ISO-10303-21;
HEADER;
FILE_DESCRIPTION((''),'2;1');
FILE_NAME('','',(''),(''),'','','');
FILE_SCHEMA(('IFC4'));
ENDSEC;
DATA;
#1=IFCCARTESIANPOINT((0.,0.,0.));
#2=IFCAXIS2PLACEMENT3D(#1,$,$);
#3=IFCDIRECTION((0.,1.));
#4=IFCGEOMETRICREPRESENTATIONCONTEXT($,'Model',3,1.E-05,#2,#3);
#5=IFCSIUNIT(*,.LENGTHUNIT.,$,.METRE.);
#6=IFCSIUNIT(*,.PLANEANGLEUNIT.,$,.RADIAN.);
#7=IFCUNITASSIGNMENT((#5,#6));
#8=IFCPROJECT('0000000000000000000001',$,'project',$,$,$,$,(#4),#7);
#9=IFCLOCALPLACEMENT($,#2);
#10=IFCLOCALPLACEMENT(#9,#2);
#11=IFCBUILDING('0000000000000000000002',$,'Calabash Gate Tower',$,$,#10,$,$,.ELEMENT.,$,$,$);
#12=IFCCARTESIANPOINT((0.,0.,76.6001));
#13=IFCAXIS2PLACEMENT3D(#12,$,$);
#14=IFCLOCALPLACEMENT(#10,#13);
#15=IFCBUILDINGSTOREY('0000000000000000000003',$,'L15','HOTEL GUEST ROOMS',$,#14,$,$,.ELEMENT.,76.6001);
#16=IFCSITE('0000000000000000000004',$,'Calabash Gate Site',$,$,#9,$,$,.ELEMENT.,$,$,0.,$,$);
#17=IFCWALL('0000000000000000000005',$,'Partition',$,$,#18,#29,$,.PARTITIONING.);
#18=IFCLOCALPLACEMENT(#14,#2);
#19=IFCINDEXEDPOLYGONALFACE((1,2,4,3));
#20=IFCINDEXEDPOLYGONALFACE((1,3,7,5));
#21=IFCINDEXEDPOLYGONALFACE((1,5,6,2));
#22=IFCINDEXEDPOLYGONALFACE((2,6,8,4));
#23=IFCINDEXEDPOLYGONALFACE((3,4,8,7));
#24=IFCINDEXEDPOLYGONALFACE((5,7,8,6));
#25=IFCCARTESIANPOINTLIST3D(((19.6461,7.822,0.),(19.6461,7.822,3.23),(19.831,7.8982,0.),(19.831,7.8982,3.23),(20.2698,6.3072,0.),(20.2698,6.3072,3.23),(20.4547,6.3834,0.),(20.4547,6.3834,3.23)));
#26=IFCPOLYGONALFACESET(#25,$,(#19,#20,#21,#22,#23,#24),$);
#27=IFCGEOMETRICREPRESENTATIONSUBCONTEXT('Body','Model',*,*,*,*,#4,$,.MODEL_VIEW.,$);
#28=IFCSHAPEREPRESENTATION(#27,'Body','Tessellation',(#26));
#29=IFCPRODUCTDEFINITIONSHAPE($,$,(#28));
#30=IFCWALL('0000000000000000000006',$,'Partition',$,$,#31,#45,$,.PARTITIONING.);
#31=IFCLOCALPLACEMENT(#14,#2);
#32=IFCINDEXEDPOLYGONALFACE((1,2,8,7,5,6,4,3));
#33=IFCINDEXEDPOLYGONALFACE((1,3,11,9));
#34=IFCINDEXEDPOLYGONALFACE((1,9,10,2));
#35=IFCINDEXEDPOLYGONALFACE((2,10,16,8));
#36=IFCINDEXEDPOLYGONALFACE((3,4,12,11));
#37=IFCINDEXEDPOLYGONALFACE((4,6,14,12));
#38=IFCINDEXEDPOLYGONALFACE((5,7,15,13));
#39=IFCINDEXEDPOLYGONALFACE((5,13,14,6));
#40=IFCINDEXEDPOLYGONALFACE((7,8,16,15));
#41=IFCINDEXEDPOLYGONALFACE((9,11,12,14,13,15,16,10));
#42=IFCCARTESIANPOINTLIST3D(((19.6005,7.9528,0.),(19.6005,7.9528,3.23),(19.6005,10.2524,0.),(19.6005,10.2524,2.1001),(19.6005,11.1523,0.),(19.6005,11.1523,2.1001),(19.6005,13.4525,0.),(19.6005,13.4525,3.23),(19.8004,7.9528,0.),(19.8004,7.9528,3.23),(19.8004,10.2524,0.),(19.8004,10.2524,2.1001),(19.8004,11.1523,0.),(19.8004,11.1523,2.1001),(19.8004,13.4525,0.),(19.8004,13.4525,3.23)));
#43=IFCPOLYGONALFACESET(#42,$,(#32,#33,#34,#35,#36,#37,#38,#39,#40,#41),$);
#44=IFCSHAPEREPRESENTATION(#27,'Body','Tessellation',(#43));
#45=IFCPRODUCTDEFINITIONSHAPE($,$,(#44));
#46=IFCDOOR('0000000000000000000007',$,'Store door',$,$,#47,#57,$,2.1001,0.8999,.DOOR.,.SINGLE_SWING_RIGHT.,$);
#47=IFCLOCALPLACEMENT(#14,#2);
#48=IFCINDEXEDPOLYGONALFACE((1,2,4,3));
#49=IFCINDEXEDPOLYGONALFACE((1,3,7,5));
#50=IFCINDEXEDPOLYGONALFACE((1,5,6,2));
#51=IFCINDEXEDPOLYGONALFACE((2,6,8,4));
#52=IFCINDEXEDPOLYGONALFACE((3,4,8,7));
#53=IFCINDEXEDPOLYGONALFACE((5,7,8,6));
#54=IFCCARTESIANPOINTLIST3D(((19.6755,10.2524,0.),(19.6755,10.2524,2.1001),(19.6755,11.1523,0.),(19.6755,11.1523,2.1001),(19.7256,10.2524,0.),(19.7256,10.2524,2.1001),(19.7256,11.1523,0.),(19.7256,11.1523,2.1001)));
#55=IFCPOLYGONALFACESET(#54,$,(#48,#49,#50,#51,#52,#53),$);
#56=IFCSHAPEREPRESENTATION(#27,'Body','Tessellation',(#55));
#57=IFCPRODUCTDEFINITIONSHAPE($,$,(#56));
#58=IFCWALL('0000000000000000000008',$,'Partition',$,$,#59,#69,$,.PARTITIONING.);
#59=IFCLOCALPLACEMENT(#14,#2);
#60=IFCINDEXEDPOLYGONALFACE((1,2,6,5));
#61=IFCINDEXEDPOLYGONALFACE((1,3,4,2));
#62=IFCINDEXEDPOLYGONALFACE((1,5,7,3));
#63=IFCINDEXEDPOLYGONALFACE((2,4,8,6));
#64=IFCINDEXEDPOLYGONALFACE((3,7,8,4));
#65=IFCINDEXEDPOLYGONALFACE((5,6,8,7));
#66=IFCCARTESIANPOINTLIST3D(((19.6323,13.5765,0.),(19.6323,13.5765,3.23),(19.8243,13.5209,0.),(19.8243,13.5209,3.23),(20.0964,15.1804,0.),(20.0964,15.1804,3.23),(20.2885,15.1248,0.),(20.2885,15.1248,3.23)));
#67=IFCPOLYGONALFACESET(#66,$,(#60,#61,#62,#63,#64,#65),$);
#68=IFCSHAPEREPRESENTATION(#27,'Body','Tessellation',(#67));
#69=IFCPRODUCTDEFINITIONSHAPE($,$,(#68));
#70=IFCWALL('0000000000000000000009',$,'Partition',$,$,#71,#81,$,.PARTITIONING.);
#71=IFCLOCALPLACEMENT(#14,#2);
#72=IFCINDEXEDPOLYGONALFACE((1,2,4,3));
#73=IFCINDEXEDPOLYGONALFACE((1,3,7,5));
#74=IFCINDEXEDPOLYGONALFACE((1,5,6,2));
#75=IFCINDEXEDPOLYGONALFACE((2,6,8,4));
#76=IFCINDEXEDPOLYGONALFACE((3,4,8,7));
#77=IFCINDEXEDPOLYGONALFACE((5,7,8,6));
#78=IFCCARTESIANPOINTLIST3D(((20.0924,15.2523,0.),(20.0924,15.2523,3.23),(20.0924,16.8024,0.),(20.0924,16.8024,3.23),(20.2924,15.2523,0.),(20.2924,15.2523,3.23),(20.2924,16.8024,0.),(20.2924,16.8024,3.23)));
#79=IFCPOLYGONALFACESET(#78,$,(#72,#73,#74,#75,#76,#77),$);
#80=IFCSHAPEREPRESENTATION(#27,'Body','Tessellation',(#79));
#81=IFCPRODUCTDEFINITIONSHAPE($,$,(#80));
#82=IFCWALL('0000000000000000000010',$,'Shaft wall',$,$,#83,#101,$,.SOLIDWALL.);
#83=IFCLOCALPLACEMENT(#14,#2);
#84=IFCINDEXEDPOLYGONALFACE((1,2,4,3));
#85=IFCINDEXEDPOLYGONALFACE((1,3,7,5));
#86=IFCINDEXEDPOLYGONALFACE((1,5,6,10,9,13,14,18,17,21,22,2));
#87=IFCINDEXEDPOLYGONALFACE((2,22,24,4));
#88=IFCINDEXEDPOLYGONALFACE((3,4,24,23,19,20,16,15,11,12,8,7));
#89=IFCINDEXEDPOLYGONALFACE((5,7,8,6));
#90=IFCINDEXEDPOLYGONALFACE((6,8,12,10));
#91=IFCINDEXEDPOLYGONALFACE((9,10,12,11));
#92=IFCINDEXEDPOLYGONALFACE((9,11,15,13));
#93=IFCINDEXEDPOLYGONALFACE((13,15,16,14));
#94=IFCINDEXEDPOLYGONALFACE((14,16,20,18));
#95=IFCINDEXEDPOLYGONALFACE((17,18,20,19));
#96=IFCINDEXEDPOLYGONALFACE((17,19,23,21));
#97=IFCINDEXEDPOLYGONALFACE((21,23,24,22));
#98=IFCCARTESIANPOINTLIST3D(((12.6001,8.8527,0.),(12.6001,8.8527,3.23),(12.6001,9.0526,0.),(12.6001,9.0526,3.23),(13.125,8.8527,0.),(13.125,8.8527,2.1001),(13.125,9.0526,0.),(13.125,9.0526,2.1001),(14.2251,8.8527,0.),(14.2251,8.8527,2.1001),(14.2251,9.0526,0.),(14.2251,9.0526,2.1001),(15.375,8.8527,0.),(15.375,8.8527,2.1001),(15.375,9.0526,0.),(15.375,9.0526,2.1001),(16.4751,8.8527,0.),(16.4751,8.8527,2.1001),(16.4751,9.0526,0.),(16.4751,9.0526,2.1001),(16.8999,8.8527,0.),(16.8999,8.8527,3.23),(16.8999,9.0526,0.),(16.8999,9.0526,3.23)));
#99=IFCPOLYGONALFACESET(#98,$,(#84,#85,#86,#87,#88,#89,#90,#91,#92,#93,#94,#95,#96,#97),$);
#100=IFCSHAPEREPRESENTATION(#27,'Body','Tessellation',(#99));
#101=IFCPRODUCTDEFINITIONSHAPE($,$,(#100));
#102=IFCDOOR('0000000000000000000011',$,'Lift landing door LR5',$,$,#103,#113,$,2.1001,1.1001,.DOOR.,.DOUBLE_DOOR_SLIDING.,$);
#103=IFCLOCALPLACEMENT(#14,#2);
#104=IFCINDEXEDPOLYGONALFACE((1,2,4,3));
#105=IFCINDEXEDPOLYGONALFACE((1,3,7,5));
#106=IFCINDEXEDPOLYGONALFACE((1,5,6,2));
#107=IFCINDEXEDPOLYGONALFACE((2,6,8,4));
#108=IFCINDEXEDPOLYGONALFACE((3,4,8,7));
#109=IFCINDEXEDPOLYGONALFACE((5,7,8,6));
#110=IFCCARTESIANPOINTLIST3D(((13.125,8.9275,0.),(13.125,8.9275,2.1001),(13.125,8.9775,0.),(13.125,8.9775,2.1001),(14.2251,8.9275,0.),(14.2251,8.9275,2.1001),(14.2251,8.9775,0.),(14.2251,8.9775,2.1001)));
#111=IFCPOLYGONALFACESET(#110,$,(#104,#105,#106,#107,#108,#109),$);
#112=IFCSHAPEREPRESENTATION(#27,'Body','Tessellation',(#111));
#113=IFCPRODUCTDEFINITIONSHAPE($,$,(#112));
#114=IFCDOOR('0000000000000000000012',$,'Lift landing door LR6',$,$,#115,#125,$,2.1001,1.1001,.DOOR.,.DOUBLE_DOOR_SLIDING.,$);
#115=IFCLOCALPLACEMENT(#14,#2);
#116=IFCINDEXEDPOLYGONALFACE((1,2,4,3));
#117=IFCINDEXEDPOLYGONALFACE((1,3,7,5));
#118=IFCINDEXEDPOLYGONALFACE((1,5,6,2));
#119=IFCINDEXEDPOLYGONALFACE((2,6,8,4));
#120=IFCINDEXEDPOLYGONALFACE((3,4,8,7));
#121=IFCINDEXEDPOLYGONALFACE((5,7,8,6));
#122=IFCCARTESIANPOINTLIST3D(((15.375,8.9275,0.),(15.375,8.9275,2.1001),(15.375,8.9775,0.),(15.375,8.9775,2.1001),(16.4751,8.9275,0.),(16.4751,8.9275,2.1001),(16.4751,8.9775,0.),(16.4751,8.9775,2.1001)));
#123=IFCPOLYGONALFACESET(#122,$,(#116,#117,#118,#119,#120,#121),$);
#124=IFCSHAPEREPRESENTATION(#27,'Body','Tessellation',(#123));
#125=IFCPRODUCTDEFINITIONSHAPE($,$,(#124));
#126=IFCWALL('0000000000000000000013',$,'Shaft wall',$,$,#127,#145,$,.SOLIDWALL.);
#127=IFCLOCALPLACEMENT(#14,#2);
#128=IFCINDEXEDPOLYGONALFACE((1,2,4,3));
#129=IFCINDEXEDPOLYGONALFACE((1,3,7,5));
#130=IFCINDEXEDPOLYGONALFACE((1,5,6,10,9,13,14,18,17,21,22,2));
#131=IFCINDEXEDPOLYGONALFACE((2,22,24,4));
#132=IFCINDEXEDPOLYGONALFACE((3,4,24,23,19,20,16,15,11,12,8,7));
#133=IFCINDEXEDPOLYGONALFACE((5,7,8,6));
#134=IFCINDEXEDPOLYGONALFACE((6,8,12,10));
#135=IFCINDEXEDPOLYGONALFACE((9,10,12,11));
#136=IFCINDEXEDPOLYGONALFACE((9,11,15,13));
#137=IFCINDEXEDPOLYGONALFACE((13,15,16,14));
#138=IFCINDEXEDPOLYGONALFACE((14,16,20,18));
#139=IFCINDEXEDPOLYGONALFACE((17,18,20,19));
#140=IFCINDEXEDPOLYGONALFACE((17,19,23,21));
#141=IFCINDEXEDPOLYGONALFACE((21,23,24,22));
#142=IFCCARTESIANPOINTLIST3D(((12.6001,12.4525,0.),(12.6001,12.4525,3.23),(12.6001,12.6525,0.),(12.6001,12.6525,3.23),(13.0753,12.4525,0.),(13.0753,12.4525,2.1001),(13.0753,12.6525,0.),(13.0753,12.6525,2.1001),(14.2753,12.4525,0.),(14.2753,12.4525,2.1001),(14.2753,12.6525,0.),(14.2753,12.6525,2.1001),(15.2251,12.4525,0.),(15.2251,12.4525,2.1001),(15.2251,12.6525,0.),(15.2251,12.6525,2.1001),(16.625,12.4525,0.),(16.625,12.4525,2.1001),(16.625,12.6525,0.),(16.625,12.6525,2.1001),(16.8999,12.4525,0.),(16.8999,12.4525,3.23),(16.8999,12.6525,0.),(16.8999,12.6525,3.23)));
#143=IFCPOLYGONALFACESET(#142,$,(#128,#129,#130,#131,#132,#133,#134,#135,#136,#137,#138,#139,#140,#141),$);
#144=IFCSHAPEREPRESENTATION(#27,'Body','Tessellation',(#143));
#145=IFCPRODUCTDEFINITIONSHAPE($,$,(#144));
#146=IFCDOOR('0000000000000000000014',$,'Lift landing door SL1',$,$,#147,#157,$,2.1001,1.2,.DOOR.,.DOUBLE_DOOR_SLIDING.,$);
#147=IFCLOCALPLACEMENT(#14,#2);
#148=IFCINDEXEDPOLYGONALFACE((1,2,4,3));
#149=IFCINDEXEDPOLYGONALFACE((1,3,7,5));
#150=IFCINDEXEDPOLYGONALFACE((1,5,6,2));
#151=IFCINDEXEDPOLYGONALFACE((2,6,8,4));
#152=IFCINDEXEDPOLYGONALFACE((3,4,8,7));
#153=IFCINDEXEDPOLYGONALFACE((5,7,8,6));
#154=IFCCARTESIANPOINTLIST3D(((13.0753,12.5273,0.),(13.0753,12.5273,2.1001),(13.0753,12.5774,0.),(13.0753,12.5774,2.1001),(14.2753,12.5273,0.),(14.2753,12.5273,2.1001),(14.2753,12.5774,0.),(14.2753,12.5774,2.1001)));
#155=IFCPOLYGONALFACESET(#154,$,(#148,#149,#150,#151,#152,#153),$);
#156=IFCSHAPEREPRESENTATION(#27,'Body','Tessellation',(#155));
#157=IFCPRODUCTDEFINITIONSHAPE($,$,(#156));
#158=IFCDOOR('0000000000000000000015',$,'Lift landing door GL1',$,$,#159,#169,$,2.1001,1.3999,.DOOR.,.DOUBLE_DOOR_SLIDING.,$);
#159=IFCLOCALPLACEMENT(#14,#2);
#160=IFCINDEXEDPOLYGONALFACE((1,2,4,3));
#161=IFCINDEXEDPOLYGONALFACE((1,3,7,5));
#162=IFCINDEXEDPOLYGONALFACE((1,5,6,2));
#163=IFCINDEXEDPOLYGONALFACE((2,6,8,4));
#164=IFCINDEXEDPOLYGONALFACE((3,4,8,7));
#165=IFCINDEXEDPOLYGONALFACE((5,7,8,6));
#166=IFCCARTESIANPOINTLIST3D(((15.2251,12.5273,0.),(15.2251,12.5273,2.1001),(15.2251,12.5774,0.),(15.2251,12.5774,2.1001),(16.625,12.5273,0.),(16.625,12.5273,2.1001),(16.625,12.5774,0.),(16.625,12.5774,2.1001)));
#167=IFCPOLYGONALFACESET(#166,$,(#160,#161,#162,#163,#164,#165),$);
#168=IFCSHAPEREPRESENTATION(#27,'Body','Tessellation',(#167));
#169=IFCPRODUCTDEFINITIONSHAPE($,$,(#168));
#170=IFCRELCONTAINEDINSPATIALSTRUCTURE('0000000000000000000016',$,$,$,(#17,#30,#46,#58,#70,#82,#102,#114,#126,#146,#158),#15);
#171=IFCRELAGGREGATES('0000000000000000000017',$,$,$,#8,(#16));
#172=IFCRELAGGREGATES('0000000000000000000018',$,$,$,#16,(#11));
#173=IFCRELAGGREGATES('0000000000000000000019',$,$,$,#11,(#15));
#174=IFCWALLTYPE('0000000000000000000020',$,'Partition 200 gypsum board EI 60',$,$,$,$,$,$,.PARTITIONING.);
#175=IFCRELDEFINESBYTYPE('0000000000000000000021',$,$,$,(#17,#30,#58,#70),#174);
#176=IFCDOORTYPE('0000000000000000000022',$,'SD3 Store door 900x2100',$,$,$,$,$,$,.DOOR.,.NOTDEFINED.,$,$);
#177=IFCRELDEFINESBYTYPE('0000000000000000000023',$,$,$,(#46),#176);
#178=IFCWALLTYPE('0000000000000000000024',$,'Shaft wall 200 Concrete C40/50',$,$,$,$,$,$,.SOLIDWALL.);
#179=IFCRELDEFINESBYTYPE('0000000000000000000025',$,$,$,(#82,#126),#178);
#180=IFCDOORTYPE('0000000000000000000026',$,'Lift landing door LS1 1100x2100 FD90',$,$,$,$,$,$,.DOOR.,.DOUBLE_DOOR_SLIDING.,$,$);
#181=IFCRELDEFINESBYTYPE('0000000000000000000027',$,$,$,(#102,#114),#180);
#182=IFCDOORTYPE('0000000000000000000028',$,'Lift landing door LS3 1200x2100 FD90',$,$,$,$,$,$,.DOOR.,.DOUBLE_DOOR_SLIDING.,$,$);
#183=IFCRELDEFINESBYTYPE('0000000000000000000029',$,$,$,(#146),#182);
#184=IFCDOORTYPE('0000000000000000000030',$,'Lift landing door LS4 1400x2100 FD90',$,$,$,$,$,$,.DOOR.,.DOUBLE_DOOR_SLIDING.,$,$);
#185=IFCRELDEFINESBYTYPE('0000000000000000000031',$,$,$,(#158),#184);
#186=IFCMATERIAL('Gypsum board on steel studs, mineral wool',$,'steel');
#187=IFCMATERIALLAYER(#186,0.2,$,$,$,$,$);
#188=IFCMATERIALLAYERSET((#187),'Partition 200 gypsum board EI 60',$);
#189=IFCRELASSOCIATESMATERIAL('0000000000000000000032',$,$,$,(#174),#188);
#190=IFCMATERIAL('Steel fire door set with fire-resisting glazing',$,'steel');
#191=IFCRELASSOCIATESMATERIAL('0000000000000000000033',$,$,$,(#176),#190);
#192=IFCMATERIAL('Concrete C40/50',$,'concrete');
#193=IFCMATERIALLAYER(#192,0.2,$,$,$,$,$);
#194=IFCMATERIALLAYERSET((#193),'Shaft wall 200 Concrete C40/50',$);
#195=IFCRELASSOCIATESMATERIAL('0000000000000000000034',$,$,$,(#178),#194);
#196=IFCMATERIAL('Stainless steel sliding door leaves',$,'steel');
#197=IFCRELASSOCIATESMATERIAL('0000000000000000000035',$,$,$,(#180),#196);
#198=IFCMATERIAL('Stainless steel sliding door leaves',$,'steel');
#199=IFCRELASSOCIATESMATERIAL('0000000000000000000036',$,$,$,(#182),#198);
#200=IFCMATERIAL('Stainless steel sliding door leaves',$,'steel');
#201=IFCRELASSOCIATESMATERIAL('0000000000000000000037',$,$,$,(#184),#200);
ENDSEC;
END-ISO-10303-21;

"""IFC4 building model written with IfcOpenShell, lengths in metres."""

from ifc_helpers import new_model, si_unit, direction, frame, frame_2d, origin, place, context, subcontext, project, spatial, rectangle, extrude, material, layer, layer_set, type_object, element, fill, save


model = new_model("IFC4")

# Units and contexts
model_context = context("Model", 3, precision=1e-05, world=origin(), true_north=direction((0.0, 1.0)))
body_context = subcontext(model_context, "Body", "Model", "MODEL_VIEW")
ifc_project = project(units=[si_unit("LENGTHUNIT", "METRE"), si_unit("PLANEANGLEUNIT", "RADIAN")], contexts=[model_context])

# Site, building, storey
site_placement = place(None, origin())
site = spatial("IfcSite", under=ifc_project, at=site_placement, Name="Calabash Gate Site", CompositionType="ELEMENT", RefElevation=0.0)
building_placement = place(site_placement, origin())
building = spatial("IfcBuilding", under=site, at=building_placement, Name="Calabash Gate Tower", CompositionType="ELEMENT")
storey_placement = place(building_placement, frame((0.0, 0.0, 76.6001)))
storey = spatial("IfcBuildingStorey", under=building, at=storey_placement, Name="L15", Description="HOTEL GUEST ROOMS", CompositionType="ELEMENT", Elevation=76.6001)

# Wall
ifc_material_1 = material(Name="Gypsum board on steel studs, mineral wool", Category="steel")
ifc_layer_1 = layer(ifc_material_1, 0.2)
ifc_layer_set_1 = layer_set([ifc_layer_1], Name="Partition 200 gypsum board EI 60")
wall_type_1 = type_object("IfcWallType", Name="Partition 200 gypsum board EI 60", PredefinedType="PARTITIONING", material=ifc_layer_set_1)
wall_1_placement = place(storey_placement, frame((19.7385, 7.8601, 0.0), z_axis=(0.0, 0.0, 1.0), x_axis=(0.38075, -0.924678, 0.0)))
element("IfcWall", 1, at=wall_1_placement, inside=storey, type_object=wall_type_1, Name="Partition", PredefinedType="PARTITIONING", context=body_context, shape_type="SweptSolid", body=[
    extrude(rectangle(XDim=1.6382, YDim=0.2, at=frame_2d((0.8191, 0.0))), origin(), (0.0, 0.0, 1.0), 3.23),
])

# Wall, opening, door
wall_2_placement = place(storey_placement, frame((19.7004, 7.9526, 0.0), z_axis=(0.0, 0.0, 1.0), x_axis=(0.0, 1.0, 0.0)))
wall_2 = element("IfcWall", 2, at=wall_2_placement, inside=storey, type_object=wall_type_1, Name="Partition", PredefinedType="PARTITIONING", context=body_context, shape_type="SweptSolid", body=[
    extrude(rectangle(XDim=5.4998, YDim=0.2, at=frame_2d((2.75, 0.0))), origin(), (0.0, 0.0, 1.0), 3.23),
])
opening_1_placement = place(wall_2_placement, frame((2.2998, 0.0, 0.0)))
opening_1 = element("IfcOpeningElement", 3, at=opening_1_placement, cuts=wall_2, PredefinedType="OPENING", context=body_context, shape_type="SweptSolid", body=[
    extrude(rectangle(XDim=0.8999, YDim=2.1001, at=frame_2d((0.45, 1.05))), frame((0.0, 0.1099, 0.0), z_axis=(0.0, -1.0, 0.0), x_axis=(1.0, 0.0, 0.0)), (0.0, 0.0, 1.0), 0.22),
])
ifc_material_2 = material(Name="Steel fire door set with fire-resisting glazing", Category="steel")
door_type_1 = type_object("IfcDoorType", Name="SD3 Store door 900x2100", OperationType="NOTDEFINED", PredefinedType="DOOR", material=ifc_material_2)
door_1_placement = place(opening_1_placement, origin())
door_1 = element("IfcDoor", 4, at=door_1_placement, inside=storey, type_object=door_type_1, Name="Store door", OperationType="SINGLE_SWING_RIGHT", OverallHeight=2.1001, OverallWidth=0.8999, PredefinedType="DOOR", context=body_context, shape_type="SweptSolid", body=[
    extrude(rectangle(XDim=0.8999, YDim=2.1001, at=frame_2d((0.45, 1.05))), frame((0.0, 0.0249, 0.0), z_axis=(0.0, -1.0, 0.0), x_axis=(1.0, 0.0, 0.0)), (0.0, 0.0, 1.0), 0.05),
])
fill(opening_1, door_1)

# Walls
wall_3_placement = place(storey_placement, frame((19.7283, 13.5486, 0.0), z_axis=(0.0, 0.0, 1.0), x_axis=(0.277984, 0.960586, 0.0)))
element("IfcWall", 5, at=wall_3_placement, inside=storey, type_object=wall_type_1, Name="Partition", PredefinedType="PARTITIONING", context=body_context, shape_type="SweptSolid", body=[
    extrude(rectangle(XDim=1.6697, YDim=0.2, at=frame_2d((0.835, 0.0))), origin(), (0.0, 0.0, 1.0), 3.23),
])
wall_4_placement = place(storey_placement, frame((20.1924, 15.2524, 0.0), z_axis=(0.0, 0.0, 1.0), x_axis=(0.0, 1.0, 0.0)))
element("IfcWall", 6, at=wall_4_placement, inside=storey, type_object=wall_type_1, Name="Partition", PredefinedType="PARTITIONING", context=body_context, shape_type="SweptSolid", body=[
    extrude(rectangle(XDim=1.55, YDim=0.2, at=frame_2d((0.7749, 0.0))), origin(), (0.0, 0.0, 1.0), 3.23),
])

# Walls, openings, doors
ifc_material_3 = material(Name="Concrete C40/50", Category="concrete")
ifc_layer_2 = layer(ifc_material_3, 0.2)
ifc_layer_set_2 = layer_set([ifc_layer_2], Name="Shaft wall 200 Concrete C40/50")
wall_type_2 = type_object("IfcWallType", Name="Shaft wall 200 Concrete C40/50", PredefinedType="SOLIDWALL", material=ifc_layer_set_2)
wall_5_placement = place(storey_placement, frame((12.6001, 8.9526, 0.0), z_axis=(0.0, 0.0, 1.0), x_axis=(1.0, 0.0, 0.0)))
wall_5 = element("IfcWall", 7, at=wall_5_placement, inside=storey, type_object=wall_type_2, Name="Shaft wall", PredefinedType="SOLIDWALL", context=body_context, shape_type="SweptSolid", body=[
    extrude(rectangle(XDim=4.2998, YDim=0.2, at=frame_2d((2.1499, 0.0))), origin(), (0.0, 0.0, 1.0), 3.23),
])
opening_2_placement = place(wall_5_placement, frame((0.5249, 0.0, 0.0)))
opening_2 = element("IfcOpeningElement", 8, at=opening_2_placement, cuts=wall_5, PredefinedType="OPENING", context=body_context, shape_type="SweptSolid", body=[
    extrude(rectangle(XDim=1.1001, YDim=2.1001, at=frame_2d((0.55, 1.05))), frame((0.0, 0.1099, 0.0), z_axis=(0.0, -1.0, 0.0), x_axis=(1.0, 0.0, 0.0)), (0.0, 0.0, 1.0), 0.22),
])
opening_3_placement = place(wall_5_placement, frame((2.7749, 0.0, 0.0)))
opening_3 = element("IfcOpeningElement", 9, at=opening_3_placement, cuts=wall_5, PredefinedType="OPENING", context=body_context, shape_type="SweptSolid", body=[
    extrude(rectangle(XDim=1.1001, YDim=2.1001, at=frame_2d((0.55, 1.05))), frame((0.0, 0.1099, 0.0), z_axis=(0.0, -1.0, 0.0), x_axis=(1.0, 0.0, 0.0)), (0.0, 0.0, 1.0), 0.22),
])
ifc_material_4 = material(Name="Stainless steel sliding door leaves", Category="steel")
door_type_2 = type_object("IfcDoorType", Name="Lift landing door LS1 1100x2100 FD90", OperationType="DOUBLE_DOOR_SLIDING", PredefinedType="DOOR", material=ifc_material_4)
door_2_placement = place(opening_2_placement, origin())
door_2 = element("IfcDoor", 10, at=door_2_placement, inside=storey, type_object=door_type_2, Name="Lift landing door LR5", OperationType="DOUBLE_DOOR_SLIDING", OverallHeight=2.1001, OverallWidth=1.1001, PredefinedType="DOOR", context=body_context, shape_type="SweptSolid", body=[
    extrude(rectangle(XDim=1.1001, YDim=2.1001, at=frame_2d((0.55, 1.05))), frame((0.0, 0.0249, 0.0), z_axis=(0.0, -1.0, 0.0), x_axis=(1.0, 0.0, 0.0)), (0.0, 0.0, 1.0), 0.05),
])
fill(opening_2, door_2)
door_3_placement = place(opening_3_placement, origin())
door_3 = element("IfcDoor", 11, at=door_3_placement, inside=storey, type_object=door_type_2, Name="Lift landing door LR6", OperationType="DOUBLE_DOOR_SLIDING", OverallHeight=2.1001, OverallWidth=1.1001, PredefinedType="DOOR", context=body_context, shape_type="SweptSolid", body=[
    extrude(rectangle(XDim=1.1001, YDim=2.1001, at=frame_2d((0.55, 1.05))), frame((0.0, 0.0249, 0.0), z_axis=(0.0, -1.0, 0.0), x_axis=(1.0, 0.0, 0.0)), (0.0, 0.0, 1.0), 0.05),
])
fill(opening_3, door_3)
wall_6_placement = place(storey_placement, frame((12.6001, 12.5525, 0.0), z_axis=(0.0, 0.0, 1.0), x_axis=(1.0, 0.0, 0.0)))
wall_6 = element("IfcWall", 12, at=wall_6_placement, inside=storey, type_object=wall_type_2, Name="Shaft wall", PredefinedType="SOLIDWALL", context=body_context, shape_type="SweptSolid", body=[
    extrude(rectangle(XDim=4.2998, YDim=0.2, at=frame_2d((2.1499, 0.0))), origin(), (0.0, 0.0, 1.0), 3.23),
])
opening_4_placement = place(wall_6_placement, frame((0.4751, 0.0, 0.0)))
opening_4 = element("IfcOpeningElement", 13, at=opening_4_placement, cuts=wall_6, PredefinedType="OPENING", context=body_context, shape_type="SweptSolid", body=[
    extrude(rectangle(XDim=1.2, YDim=2.1001, at=frame_2d((0.6001, 1.05))), frame((0.0, 0.1099, 0.0), z_axis=(0.0, -1.0, 0.0), x_axis=(1.0, 0.0, 0.0)), (0.0, 0.0, 1.0), 0.22),
])
opening_5_placement = place(wall_6_placement, frame((2.625, 0.0, 0.0)))
opening_5 = element("IfcOpeningElement", 14, at=opening_5_placement, cuts=wall_6, PredefinedType="OPENING", context=body_context, shape_type="SweptSolid", body=[
    extrude(rectangle(XDim=1.3999, YDim=2.1001, at=frame_2d((0.7, 1.05))), frame((0.0, 0.1099, 0.0), z_axis=(0.0, -1.0, 0.0), x_axis=(1.0, 0.0, 0.0)), (0.0, 0.0, 1.0), 0.22),
])
ifc_material_5 = material(Name="Stainless steel sliding door leaves", Category="steel")
door_type_3 = type_object("IfcDoorType", Name="Lift landing door LS3 1200x2100 FD90", OperationType="DOUBLE_DOOR_SLIDING", PredefinedType="DOOR", material=ifc_material_5)
door_4_placement = place(opening_4_placement, origin())
door_4 = element("IfcDoor", 15, at=door_4_placement, inside=storey, type_object=door_type_3, Name="Lift landing door SL1", OperationType="DOUBLE_DOOR_SLIDING", OverallHeight=2.1001, OverallWidth=1.2, PredefinedType="DOOR", context=body_context, shape_type="SweptSolid", body=[
    extrude(rectangle(XDim=1.2, YDim=2.1001, at=frame_2d((0.6001, 1.05))), frame((0.0, 0.0249, 0.0), z_axis=(0.0, -1.0, 0.0), x_axis=(1.0, 0.0, 0.0)), (0.0, 0.0, 1.0), 0.05),
])
fill(opening_4, door_4)
ifc_material_6 = material(Name="Stainless steel sliding door leaves", Category="steel")
door_type_4 = type_object("IfcDoorType", Name="Lift landing door LS4 1400x2100 FD90", OperationType="DOUBLE_DOOR_SLIDING", PredefinedType="DOOR", material=ifc_material_6)
door_5_placement = place(opening_5_placement, origin())
door_5 = element("IfcDoor", 16, at=door_5_placement, inside=storey, type_object=door_type_4, Name="Lift landing door GL1", OperationType="DOUBLE_DOOR_SLIDING", OverallHeight=2.1001, OverallWidth=1.3999, PredefinedType="DOOR", context=body_context, shape_type="SweptSolid", body=[
    extrude(rectangle(XDim=1.3999, YDim=2.1001, at=frame_2d((0.7, 1.05))), frame((0.0, 0.0249, 0.0), z_axis=(0.0, -1.0, 0.0), x_axis=(1.0, 0.0, 0.0)), (0.0, 0.0, 1.0), 0.05),
])
fill(opening_5, door_5)

save(model, "model.ifc")
